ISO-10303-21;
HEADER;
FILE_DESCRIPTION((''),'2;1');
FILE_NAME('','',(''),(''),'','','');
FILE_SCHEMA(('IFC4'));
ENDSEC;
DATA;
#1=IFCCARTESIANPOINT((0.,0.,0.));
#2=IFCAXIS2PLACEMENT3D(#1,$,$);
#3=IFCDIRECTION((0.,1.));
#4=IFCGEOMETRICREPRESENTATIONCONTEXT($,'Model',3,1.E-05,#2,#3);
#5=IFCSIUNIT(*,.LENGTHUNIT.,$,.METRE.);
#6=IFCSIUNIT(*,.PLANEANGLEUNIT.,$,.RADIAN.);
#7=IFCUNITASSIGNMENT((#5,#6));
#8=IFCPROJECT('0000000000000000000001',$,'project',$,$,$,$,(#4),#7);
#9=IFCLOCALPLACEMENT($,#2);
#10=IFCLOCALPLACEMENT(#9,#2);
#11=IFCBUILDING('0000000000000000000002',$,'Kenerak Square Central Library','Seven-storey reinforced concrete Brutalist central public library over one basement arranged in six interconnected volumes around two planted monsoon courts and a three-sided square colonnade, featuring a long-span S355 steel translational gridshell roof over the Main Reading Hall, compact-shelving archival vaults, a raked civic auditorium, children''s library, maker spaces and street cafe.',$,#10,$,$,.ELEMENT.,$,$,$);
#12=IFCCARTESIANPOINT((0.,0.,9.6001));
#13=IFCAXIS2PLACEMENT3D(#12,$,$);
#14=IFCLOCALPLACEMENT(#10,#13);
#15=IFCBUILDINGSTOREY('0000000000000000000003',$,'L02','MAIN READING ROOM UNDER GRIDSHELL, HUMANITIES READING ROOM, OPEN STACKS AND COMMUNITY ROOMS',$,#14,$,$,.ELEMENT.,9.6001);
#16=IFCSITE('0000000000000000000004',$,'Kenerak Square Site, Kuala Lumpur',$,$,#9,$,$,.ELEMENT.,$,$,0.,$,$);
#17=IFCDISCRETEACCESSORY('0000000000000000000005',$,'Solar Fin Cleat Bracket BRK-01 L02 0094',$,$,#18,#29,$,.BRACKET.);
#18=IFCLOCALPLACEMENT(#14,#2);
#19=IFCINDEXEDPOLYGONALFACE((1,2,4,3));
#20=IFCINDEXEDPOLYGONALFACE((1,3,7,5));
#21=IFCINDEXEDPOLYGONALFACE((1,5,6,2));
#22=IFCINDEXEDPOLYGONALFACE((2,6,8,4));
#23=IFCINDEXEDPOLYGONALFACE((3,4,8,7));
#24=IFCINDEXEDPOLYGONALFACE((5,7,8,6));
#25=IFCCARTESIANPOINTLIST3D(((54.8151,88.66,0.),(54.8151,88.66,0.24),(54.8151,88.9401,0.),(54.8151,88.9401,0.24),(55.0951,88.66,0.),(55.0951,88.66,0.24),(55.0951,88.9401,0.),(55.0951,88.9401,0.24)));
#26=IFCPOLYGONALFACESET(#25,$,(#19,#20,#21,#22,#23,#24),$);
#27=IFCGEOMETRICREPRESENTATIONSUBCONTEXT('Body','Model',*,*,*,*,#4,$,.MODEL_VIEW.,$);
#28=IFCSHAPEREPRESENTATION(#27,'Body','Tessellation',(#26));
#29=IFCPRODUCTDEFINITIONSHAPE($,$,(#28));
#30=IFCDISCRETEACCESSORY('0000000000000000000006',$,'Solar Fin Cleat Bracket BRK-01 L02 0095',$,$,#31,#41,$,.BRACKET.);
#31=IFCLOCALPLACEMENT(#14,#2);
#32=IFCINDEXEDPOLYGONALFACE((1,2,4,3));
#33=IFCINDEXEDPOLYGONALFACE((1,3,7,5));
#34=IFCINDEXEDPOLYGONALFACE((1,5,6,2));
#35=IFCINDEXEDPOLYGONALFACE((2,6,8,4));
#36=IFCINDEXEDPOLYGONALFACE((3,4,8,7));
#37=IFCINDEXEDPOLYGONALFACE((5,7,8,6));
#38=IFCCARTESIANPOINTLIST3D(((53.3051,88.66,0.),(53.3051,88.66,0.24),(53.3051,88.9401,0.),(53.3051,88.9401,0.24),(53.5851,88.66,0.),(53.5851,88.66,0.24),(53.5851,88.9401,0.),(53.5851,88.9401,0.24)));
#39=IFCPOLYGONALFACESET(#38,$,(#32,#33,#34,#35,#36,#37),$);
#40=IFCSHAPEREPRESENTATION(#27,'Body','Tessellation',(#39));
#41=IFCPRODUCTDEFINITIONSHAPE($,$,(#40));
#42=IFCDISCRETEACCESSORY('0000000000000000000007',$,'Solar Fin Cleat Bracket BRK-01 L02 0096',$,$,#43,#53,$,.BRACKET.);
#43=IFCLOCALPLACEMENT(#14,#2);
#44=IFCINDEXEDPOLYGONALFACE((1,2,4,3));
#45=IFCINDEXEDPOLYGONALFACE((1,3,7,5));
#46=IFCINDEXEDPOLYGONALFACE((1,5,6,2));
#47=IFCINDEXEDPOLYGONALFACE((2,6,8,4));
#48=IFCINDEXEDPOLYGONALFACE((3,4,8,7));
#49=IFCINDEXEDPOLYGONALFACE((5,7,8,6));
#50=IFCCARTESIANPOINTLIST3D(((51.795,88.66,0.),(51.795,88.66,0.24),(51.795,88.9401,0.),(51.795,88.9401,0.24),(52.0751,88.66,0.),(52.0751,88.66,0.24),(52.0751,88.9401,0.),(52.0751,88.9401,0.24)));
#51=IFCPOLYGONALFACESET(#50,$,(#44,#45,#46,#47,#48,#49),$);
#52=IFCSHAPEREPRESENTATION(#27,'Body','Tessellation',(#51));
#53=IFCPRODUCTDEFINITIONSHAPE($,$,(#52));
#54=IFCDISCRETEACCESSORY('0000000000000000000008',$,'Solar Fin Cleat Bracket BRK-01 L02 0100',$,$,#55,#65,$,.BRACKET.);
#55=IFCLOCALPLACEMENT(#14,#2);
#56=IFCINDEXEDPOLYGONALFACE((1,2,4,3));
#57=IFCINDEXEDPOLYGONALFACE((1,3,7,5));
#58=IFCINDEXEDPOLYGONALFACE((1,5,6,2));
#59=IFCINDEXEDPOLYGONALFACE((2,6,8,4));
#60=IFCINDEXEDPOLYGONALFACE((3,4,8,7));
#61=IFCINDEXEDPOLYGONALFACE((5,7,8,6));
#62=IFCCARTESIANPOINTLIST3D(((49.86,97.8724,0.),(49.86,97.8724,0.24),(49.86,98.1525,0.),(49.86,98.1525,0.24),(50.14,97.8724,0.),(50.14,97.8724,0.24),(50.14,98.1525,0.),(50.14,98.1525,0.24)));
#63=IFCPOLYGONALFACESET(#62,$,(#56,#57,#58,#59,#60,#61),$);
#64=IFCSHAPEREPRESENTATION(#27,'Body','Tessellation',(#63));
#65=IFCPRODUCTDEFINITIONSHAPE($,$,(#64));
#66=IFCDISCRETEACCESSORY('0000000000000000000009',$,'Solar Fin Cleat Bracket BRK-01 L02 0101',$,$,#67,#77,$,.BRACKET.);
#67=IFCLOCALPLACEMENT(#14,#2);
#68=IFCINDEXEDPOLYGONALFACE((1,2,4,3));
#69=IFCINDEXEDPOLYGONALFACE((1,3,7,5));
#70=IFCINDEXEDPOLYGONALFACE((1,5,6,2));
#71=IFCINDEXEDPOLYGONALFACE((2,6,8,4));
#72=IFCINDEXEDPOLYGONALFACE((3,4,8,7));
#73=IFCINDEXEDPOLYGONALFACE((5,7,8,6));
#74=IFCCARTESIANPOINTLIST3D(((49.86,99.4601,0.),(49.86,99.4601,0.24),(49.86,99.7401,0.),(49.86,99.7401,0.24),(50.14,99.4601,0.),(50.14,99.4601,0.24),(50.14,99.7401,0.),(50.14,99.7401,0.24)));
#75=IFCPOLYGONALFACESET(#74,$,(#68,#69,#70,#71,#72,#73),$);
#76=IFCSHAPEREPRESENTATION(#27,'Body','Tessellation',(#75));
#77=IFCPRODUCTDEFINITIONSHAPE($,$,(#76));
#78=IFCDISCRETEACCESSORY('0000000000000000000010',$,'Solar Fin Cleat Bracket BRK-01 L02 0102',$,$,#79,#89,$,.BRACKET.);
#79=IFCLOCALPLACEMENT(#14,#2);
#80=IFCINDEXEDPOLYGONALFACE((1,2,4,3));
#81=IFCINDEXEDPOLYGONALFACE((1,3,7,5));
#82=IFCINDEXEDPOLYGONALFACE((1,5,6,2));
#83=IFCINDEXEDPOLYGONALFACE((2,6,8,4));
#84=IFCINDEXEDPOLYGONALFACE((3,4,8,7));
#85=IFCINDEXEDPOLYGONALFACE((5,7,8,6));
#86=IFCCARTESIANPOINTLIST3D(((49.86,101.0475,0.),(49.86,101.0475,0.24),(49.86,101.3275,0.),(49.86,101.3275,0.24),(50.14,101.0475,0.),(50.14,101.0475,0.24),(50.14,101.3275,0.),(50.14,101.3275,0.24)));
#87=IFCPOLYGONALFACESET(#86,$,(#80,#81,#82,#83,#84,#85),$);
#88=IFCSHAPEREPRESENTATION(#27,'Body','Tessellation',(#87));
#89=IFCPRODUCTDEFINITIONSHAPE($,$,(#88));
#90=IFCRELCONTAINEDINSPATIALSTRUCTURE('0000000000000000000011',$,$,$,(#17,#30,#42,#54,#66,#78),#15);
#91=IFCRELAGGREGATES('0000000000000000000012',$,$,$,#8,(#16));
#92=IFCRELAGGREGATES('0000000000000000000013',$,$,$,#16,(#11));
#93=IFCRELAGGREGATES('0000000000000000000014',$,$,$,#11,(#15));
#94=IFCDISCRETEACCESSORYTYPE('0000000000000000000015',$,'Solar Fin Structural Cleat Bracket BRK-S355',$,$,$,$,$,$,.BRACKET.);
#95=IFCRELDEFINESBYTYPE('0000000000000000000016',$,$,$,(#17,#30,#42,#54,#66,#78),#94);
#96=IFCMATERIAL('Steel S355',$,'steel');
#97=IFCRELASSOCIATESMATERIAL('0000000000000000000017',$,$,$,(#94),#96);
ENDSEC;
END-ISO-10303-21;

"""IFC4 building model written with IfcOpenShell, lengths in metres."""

from ifc_helpers import new_model, si_unit, direction, frame, origin, origin_2d, place, context, subcontext, project, spatial, rectangle, extrude, material, type_object, element, save


model = new_model("IFC4")

# Units and contexts
model_context = context("Model", 3, precision=1e-05, world=origin(), true_north=direction((0.0, 1.0)))
body_context = subcontext(model_context, "Body", "Model", "MODEL_VIEW")
ifc_project = project(units=[si_unit("LENGTHUNIT", "METRE"), si_unit("PLANEANGLEUNIT", "RADIAN")], contexts=[model_context])

# Site, building, storey
site_placement = place(None, origin())
site = spatial("IfcSite", under=ifc_project, at=site_placement, Name="Kenerak Square Site, Kuala Lumpur", CompositionType="ELEMENT", RefElevation=0.0)
building_placement = place(site_placement, origin())
building = spatial("IfcBuilding", under=site, at=building_placement, Name="Kenerak Square Central Library", Description="Seven-storey reinforced concrete Brutalist central public library over one basement arranged in six interconnected volumes around two planted monsoon courts and a three-sided square colonnade, featuring a long-span S355 steel translational gridshell roof over the Main Reading Hall, compact-shelving archival vaults, a raked civic auditorium, children's library, maker spaces and street cafe.", CompositionType="ELEMENT")
storey_placement = place(building_placement, frame((0.0, 0.0, 9.6001)))
storey = spatial("IfcBuildingStorey", under=building, at=storey_placement, Name="L02", Description="MAIN READING ROOM UNDER GRIDSHELL, HUMANITIES READING ROOM, OPEN STACKS AND COMMUNITY ROOMS", CompositionType="ELEMENT", Elevation=9.6001)

# Discrete accessories
ifc_material_1 = material(Name="Steel S355", Category="steel")
discrete_accessory_type = type_object("IfcDiscreteAccessoryType", Name="Solar Fin Structural Cleat Bracket BRK-S355", PredefinedType="BRACKET", material=ifc_material_1)
for number, where, z_axis, x_axis, name in (
    (1, (54.9551, 88.8, 0.0), (0.0, 0.0, 1.0), (-1.0, 0.0, 0.0), "Solar Fin Cleat Bracket BRK-01 L02 0094"),
    (2, (53.4451, 88.8, 0.0), (0.0, 0.0, 1.0), (-1.0, 0.0, 0.0), "Solar Fin Cleat Bracket BRK-01 L02 0095"),
    (3, (51.9351, 88.8, 0.0), (0.0, 0.0, 1.0), (-1.0, 0.0, 0.0), "Solar Fin Cleat Bracket BRK-01 L02 0096"),
    (4, (50.0, 98.0125, 0.0), (0.0, 0.0, 1.0), (0.0, 1.0, 0.0), "Solar Fin Cleat Bracket BRK-01 L02 0100"),
    (5, (50.0, 99.6001, 0.0), (0.0, 0.0, 1.0), (0.0, 1.0, 0.0), "Solar Fin Cleat Bracket BRK-01 L02 0101"),
    (6, (50.0, 101.1875, 0.0), (0.0, 0.0, 1.0), (0.0, 1.0, 0.0), "Solar Fin Cleat Bracket BRK-01 L02 0102"),
):
    element("IfcDiscreteAccessory", number, at=place(storey_placement, frame(where, z_axis=z_axis, x_axis=x_axis)), inside=storey, type_object=discrete_accessory_type, Name=name, PredefinedType="BRACKET", context=body_context, shape_type="SweptSolid", body=[
        extrude(rectangle(XDim=0.28, YDim=0.28, at=origin_2d()), origin(), (0.0, 0.0, 1.0), 0.24),
    ])

save(model, "model.ifc")
